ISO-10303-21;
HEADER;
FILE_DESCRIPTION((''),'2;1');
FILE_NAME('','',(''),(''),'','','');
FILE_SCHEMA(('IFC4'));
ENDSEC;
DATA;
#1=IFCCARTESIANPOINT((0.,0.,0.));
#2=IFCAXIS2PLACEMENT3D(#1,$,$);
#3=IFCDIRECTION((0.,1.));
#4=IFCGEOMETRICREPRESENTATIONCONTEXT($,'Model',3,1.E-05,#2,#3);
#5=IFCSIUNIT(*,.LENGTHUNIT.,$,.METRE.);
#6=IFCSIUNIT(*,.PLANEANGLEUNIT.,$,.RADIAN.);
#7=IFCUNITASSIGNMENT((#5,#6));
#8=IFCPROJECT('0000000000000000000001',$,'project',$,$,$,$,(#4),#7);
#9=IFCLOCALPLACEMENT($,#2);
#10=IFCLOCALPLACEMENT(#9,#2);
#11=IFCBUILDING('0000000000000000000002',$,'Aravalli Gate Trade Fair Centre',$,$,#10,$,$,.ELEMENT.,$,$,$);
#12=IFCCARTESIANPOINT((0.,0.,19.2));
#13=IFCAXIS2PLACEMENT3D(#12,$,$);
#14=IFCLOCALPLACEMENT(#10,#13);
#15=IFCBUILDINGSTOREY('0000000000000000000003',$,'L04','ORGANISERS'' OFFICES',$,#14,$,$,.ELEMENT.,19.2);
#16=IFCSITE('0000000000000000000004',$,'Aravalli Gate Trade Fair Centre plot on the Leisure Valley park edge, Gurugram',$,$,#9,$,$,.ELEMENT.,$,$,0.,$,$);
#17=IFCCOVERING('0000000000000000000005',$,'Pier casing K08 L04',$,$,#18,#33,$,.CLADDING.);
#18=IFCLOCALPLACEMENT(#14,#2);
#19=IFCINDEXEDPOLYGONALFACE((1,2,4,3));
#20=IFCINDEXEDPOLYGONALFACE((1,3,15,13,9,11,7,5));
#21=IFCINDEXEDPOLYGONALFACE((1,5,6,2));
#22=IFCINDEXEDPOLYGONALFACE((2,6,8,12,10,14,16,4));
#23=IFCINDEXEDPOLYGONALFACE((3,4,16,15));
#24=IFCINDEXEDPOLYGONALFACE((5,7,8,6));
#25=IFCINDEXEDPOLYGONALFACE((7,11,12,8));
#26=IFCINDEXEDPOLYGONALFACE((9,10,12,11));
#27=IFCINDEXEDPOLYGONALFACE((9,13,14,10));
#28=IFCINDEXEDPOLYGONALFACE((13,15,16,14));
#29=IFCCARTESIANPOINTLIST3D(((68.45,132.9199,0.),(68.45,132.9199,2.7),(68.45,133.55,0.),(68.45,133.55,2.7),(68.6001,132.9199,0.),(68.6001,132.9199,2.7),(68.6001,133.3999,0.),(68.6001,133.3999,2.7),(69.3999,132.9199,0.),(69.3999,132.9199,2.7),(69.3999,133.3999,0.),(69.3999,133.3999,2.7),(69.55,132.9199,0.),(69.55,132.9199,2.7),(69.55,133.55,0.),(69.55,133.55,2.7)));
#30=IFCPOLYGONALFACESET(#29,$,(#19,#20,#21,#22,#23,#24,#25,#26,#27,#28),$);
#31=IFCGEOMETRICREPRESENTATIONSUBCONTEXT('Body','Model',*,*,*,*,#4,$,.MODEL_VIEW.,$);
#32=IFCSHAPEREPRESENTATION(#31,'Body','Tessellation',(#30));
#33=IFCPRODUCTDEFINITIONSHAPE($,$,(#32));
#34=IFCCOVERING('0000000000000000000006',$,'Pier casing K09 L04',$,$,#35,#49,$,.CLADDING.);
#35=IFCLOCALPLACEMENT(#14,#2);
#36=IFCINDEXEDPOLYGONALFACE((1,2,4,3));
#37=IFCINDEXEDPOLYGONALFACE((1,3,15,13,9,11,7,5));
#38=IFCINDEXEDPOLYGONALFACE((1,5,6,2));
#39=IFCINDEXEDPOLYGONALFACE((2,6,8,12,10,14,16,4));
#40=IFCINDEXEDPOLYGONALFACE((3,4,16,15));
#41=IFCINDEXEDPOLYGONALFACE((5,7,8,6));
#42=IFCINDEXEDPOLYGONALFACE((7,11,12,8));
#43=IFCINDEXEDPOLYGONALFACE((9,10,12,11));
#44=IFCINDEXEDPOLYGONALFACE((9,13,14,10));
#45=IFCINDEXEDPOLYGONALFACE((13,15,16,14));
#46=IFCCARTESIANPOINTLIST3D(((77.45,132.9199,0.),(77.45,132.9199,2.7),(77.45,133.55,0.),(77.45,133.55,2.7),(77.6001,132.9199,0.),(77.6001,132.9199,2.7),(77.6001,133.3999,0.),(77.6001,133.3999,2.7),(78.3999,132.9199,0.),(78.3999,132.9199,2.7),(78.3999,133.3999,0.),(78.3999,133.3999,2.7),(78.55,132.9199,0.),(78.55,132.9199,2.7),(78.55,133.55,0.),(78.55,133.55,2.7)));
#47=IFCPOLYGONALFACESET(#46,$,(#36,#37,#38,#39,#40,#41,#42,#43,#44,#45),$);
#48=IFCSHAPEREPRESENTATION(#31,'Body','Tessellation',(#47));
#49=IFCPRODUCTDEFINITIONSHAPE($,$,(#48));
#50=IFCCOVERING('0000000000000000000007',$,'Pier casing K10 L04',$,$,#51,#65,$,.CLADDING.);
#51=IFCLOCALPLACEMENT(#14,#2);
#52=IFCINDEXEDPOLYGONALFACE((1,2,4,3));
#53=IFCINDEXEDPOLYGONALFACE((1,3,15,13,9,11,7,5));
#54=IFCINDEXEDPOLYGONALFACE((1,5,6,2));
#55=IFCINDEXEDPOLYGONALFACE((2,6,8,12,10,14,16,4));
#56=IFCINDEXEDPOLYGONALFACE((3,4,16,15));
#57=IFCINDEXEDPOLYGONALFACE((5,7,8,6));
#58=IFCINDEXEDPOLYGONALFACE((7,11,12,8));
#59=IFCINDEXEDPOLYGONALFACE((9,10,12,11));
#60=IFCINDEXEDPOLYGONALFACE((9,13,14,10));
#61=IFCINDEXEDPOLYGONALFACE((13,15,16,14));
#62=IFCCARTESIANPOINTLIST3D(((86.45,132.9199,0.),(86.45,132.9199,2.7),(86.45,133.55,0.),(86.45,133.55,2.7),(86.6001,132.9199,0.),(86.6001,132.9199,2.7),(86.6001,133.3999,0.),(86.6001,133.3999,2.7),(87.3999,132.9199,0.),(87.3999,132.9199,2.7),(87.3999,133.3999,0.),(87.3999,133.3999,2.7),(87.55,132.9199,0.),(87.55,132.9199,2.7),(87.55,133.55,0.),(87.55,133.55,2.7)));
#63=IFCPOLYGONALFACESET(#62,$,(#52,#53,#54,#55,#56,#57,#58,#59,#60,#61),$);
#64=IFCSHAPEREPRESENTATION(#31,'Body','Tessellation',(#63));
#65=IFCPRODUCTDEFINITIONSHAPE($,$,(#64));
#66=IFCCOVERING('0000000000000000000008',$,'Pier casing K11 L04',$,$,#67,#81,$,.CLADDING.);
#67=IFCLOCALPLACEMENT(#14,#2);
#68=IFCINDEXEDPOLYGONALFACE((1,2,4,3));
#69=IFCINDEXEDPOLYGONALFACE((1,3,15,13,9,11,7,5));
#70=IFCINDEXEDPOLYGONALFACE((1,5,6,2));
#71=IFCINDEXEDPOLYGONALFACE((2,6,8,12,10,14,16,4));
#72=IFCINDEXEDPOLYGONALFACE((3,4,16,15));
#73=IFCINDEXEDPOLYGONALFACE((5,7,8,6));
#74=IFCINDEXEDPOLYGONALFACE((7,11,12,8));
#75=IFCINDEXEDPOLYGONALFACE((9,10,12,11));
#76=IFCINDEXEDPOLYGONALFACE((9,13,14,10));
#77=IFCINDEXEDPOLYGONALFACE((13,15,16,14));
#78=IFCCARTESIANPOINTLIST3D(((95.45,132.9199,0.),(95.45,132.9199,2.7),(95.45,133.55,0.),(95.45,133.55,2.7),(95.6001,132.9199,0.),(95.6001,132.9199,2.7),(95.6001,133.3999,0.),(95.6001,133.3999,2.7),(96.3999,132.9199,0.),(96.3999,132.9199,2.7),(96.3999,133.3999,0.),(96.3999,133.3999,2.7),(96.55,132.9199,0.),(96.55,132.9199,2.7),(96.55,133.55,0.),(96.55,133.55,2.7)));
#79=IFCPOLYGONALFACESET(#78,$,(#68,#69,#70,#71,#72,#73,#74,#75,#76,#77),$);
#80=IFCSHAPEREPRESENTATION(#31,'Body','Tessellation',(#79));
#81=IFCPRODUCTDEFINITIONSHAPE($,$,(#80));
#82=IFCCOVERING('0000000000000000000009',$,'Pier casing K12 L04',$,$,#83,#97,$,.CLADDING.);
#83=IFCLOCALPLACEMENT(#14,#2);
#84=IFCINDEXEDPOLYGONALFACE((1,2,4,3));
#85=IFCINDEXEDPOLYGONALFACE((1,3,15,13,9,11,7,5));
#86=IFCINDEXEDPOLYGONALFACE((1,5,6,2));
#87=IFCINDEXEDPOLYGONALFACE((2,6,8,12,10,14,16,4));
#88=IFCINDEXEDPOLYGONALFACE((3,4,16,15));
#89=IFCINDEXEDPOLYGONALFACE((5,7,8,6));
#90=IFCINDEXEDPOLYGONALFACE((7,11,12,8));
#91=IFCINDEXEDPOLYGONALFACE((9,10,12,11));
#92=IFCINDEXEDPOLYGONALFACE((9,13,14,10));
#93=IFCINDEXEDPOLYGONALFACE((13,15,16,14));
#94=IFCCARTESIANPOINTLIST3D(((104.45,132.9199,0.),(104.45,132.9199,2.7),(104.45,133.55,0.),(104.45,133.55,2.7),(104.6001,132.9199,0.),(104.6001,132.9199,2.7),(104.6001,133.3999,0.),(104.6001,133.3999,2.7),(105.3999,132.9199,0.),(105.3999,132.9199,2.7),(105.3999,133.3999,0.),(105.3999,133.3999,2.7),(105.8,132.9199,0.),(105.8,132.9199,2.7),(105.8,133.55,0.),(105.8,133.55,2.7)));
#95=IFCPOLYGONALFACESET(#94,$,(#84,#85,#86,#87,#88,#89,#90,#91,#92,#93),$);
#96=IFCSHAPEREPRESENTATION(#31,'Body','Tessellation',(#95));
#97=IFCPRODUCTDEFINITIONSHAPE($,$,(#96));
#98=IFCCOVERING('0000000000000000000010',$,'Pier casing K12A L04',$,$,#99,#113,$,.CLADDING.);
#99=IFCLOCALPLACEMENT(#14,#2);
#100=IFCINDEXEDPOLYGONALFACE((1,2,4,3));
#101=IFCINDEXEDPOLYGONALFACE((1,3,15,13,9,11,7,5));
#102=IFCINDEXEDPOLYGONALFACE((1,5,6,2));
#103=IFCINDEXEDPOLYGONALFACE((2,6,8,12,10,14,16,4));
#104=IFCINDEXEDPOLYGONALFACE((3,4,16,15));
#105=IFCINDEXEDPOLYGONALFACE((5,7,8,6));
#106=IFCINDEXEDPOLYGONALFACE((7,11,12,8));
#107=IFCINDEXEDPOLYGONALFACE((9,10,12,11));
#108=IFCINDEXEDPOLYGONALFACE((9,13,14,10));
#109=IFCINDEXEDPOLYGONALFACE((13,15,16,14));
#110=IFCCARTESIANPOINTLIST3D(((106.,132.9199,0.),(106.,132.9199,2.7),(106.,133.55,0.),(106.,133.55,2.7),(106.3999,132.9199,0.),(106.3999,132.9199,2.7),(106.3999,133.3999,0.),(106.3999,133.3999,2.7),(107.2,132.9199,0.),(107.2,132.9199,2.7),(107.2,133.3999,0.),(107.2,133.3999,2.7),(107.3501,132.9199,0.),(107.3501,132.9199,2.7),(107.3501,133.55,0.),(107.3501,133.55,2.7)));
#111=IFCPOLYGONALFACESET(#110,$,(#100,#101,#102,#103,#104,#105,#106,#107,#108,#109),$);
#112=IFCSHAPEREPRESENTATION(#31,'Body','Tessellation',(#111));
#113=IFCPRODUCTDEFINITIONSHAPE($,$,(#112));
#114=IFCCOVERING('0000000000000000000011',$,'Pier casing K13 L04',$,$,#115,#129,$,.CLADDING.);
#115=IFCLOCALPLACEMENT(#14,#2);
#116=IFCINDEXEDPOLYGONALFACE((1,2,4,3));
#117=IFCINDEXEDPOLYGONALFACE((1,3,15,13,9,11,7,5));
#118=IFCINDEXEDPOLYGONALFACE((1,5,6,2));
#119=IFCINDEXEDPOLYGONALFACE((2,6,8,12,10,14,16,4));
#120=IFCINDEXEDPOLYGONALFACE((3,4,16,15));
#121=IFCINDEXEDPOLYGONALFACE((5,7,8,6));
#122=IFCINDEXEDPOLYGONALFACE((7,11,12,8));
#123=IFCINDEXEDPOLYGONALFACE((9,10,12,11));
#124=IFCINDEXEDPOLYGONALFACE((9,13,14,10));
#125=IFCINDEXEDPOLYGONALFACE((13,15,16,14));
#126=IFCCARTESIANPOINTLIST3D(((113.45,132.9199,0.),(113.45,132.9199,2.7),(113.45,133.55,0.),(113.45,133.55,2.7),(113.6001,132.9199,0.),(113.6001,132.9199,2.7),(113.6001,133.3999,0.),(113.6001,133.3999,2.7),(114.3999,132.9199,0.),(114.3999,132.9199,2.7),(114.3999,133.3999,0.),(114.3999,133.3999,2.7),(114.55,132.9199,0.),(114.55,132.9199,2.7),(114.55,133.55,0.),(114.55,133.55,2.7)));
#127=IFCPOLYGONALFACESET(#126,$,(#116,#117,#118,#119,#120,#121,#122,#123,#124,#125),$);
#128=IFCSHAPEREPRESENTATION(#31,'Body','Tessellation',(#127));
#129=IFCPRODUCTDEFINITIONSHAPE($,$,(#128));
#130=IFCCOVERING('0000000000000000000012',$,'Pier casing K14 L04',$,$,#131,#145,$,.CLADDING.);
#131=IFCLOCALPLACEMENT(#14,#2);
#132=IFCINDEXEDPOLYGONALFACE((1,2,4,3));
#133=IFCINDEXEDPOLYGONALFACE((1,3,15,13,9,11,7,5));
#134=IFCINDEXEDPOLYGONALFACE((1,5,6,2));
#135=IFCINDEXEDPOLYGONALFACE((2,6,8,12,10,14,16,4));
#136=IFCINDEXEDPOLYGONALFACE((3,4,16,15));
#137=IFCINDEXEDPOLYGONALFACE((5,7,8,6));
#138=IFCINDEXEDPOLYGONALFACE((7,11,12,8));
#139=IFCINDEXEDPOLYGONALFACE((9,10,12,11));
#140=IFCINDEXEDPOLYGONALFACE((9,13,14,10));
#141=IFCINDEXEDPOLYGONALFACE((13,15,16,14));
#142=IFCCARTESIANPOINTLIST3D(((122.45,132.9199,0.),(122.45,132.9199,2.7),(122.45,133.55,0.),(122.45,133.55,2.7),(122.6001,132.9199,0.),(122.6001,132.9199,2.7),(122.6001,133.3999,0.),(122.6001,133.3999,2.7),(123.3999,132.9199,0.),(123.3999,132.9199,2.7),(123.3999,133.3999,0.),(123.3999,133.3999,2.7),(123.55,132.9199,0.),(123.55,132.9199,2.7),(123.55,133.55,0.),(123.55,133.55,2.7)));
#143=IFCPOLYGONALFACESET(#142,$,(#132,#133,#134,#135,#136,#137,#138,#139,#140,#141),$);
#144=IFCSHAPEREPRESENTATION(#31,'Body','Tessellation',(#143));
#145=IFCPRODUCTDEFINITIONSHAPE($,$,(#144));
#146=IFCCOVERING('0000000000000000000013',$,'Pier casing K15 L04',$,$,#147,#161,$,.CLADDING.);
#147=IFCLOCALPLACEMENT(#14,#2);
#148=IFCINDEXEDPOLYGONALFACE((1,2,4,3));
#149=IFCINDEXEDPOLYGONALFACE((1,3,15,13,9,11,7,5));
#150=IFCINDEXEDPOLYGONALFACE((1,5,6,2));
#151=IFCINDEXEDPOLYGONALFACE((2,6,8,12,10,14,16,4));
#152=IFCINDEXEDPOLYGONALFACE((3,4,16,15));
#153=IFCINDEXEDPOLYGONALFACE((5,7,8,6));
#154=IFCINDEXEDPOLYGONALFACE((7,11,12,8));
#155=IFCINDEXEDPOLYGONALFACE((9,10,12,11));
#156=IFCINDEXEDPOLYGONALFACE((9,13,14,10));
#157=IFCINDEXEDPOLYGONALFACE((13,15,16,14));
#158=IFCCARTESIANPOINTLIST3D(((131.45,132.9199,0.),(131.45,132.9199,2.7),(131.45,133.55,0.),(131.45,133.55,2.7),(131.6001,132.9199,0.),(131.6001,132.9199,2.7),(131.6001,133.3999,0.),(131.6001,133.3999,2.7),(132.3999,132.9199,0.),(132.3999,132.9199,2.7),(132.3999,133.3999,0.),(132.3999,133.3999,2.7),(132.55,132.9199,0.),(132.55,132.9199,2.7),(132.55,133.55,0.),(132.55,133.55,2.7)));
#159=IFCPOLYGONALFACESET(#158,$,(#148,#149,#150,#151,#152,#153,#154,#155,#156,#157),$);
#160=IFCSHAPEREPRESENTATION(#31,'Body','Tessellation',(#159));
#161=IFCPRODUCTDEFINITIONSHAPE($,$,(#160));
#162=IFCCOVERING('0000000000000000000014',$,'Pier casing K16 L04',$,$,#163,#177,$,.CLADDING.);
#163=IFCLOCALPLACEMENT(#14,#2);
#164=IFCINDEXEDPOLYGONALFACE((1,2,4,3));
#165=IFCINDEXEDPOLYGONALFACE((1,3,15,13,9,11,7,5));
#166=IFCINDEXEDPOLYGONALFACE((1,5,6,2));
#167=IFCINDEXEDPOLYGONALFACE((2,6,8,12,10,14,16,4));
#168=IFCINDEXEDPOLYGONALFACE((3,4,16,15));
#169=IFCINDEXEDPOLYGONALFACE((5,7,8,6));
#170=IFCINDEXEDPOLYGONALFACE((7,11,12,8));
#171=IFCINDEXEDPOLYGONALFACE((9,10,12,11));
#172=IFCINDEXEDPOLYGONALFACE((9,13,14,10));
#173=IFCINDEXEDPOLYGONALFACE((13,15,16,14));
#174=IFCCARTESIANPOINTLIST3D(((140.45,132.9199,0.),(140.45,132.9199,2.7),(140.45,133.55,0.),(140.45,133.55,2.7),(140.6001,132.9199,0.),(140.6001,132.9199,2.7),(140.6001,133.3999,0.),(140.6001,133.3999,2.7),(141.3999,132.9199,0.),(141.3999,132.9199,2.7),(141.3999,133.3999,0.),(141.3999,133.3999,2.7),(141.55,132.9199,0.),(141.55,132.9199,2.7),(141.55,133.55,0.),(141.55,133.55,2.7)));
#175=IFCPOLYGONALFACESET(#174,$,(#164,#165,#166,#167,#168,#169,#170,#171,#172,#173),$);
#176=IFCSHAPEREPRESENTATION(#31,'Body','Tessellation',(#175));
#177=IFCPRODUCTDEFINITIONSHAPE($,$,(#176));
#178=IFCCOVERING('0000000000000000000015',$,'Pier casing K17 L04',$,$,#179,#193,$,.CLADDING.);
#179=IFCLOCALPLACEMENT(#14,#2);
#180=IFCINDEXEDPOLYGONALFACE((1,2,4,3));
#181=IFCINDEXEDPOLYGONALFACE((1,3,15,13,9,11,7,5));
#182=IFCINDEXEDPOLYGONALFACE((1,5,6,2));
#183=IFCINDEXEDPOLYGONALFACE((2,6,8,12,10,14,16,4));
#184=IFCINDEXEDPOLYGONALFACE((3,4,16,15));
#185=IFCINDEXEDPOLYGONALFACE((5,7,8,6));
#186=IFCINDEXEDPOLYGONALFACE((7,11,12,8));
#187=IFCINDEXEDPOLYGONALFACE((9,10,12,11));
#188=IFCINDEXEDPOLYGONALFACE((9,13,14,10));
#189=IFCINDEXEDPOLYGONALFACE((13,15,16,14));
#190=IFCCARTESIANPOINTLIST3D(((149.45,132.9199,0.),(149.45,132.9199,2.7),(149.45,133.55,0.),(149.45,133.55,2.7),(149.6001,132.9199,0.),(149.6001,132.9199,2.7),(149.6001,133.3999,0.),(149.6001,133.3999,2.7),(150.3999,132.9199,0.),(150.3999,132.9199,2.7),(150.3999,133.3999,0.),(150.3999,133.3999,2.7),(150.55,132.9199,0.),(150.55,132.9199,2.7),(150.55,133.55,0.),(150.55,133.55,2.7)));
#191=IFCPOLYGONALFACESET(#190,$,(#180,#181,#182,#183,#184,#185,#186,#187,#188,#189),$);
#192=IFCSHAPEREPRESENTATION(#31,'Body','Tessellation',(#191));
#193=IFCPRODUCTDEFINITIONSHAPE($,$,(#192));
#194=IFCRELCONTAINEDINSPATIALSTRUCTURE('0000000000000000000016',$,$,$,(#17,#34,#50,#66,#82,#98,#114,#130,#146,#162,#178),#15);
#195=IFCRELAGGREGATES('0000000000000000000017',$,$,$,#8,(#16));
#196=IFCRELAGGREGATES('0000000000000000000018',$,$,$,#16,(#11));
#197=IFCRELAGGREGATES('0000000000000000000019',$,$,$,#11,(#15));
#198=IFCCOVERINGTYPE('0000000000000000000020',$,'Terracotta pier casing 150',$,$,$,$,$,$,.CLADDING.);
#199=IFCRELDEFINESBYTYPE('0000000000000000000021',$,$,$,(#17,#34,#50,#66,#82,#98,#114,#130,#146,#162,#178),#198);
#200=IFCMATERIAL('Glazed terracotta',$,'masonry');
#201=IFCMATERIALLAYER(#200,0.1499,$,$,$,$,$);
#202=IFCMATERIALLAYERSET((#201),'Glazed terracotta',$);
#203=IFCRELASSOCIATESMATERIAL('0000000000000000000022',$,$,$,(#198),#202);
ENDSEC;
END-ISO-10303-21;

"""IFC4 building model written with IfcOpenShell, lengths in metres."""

from ifc_helpers import new_model, si_unit, direction, frame, origin, place, context, subcontext, project, spatial, polyline, outline, extrude, material, layer, layer_set, type_object, element, save


model = new_model("IFC4")

# Units and contexts
model_context = context("Model", 3, precision=1e-05, world=origin(), true_north=direction((0.0, 1.0)))
body_context = subcontext(model_context, "Body", "Model", "MODEL_VIEW")
ifc_project = project(units=[si_unit("LENGTHUNIT", "METRE"), si_unit("PLANEANGLEUNIT", "RADIAN")], contexts=[model_context])

# Site, building, storey
site_placement = place(None, origin())
site = spatial("IfcSite", under=ifc_project, at=site_placement, Name="Aravalli Gate Trade Fair Centre plot on the Leisure Valley park edge, Gurugram", CompositionType="ELEMENT", RefElevation=0.0)
building_placement = place(site_placement, origin())
building = spatial("IfcBuilding", under=site, at=building_placement, Name="Aravalli Gate Trade Fair Centre", CompositionType="ELEMENT")
storey_placement = place(building_placement, frame((0.0, 0.0, 19.2)))
storey = spatial("IfcBuildingStorey", under=building, at=storey_placement, Name="L04", Description="ORGANISERS' OFFICES", CompositionType="ELEMENT", Elevation=19.2)

# Coverings
ifc_material_1 = material(Name="Glazed terracotta", Category="masonry")
ifc_layer_1 = layer(ifc_material_1, 0.1499)
ifc_layer_set_1 = layer_set([ifc_layer_1], Name="Glazed terracotta")
covering_type_1 = type_object("IfcCoveringType", Name="Terracotta pier casing 150", PredefinedType="CLADDING", material=ifc_layer_set_1)
covering_1_placement = place(storey_placement, origin())
element("IfcCovering", 1, at=covering_1_placement, inside=storey, type_object=covering_type_1, Name="Pier casing K08 L04", PredefinedType="CLADDING", context=body_context, shape_type="SweptSolid", body=[
    extrude(outline(polyline([(68.45, 132.9199), (68.6001, 132.9199), (68.6001, 133.3999), (69.3999, 133.3999), (69.3999, 132.9199), (69.55, 132.9199), (69.55, 133.55), (68.45, 133.55), (68.45, 132.9199)])), origin(), (0.0, 0.0, 1.0), 2.7),
])
covering_2_placement = place(storey_placement, origin())
element("IfcCovering", 2, at=covering_2_placement, inside=storey, type_object=covering_type_1, Name="Pier casing K09 L04", PredefinedType="CLADDING", context=body_context, shape_type="SweptSolid", body=[
    extrude(outline(polyline([(77.45, 132.9199), (77.6001, 132.9199), (77.6001, 133.3999), (78.3999, 133.3999), (78.3999, 132.9199), (78.55, 132.9199), (78.55, 133.55), (77.45, 133.55), (77.45, 132.9199)])), origin(), (0.0, 0.0, 1.0), 2.7),
])
covering_3_placement = place(storey_placement, origin())
element("IfcCovering", 3, at=covering_3_placement, inside=storey, type_object=covering_type_1, Name="Pier casing K10 L04", PredefinedType="CLADDING", context=body_context, shape_type="SweptSolid", body=[
    extrude(outline(polyline([(86.45, 132.9199), (86.6001, 132.9199), (86.6001, 133.3999), (87.3999, 133.3999), (87.3999, 132.9199), (87.55, 132.9199), (87.55, 133.55), (86.45, 133.55), (86.45, 132.9199)])), origin(), (0.0, 0.0, 1.0), 2.7),
])
covering_4_placement = place(storey_placement, origin())
element("IfcCovering", 4, at=covering_4_placement, inside=storey, type_object=covering_type_1, Name="Pier casing K11 L04", PredefinedType="CLADDING", context=body_context, shape_type="SweptSolid", body=[
    extrude(outline(polyline([(95.45, 132.9199), (95.6001, 132.9199), (95.6001, 133.3999), (96.3999, 133.3999), (96.3999, 132.9199), (96.55, 132.9199), (96.55, 133.55), (95.45, 133.55), (95.45, 132.9199)])), origin(), (0.0, 0.0, 1.0), 2.7),
])
covering_5_placement = place(storey_placement, origin())
element("IfcCovering", 5, at=covering_5_placement, inside=storey, type_object=covering_type_1, Name="Pier casing K12 L04", PredefinedType="CLADDING", context=body_context, shape_type="SweptSolid", body=[
    extrude(outline(polyline([(104.45, 132.9199), (104.6001, 132.9199), (104.6001, 133.3999), (105.3999, 133.3999), (105.3999, 132.9199), (105.8, 132.9199), (105.8, 133.55), (104.45, 133.55), (104.45, 132.9199)])), origin(), (0.0, 0.0, 1.0), 2.7),
])
covering_6_placement = place(storey_placement, origin())
element("IfcCovering", 6, at=covering_6_placement, inside=storey, type_object=covering_type_1, Name="Pier casing K12A L04", PredefinedType="CLADDING", context=body_context, shape_type="SweptSolid", body=[
    extrude(outline(polyline([(106.0, 132.9199), (106.3999, 132.9199), (106.3999, 133.3999), (107.2, 133.3999), (107.2, 132.9199), (107.3501, 132.9199), (107.3501, 133.55), (106.0, 133.55), (106.0, 132.9199)])), origin(), (0.0, 0.0, 1.0), 2.7),
])
covering_7_placement = place(storey_placement, origin())
element("IfcCovering", 7, at=covering_7_placement, inside=storey, type_object=covering_type_1, Name="Pier casing K13 L04", PredefinedType="CLADDING", context=body_context, shape_type="SweptSolid", body=[
    extrude(outline(polyline([(113.45, 132.9199), (113.6001, 132.9199), (113.6001, 133.3999), (114.3999, 133.3999), (114.3999, 132.9199), (114.55, 132.9199), (114.55, 133.55), (113.45, 133.55), (113.45, 132.9199)])), origin(), (0.0, 0.0, 1.0), 2.7),
])
covering_8_placement = place(storey_placement, origin())
element("IfcCovering", 8, at=covering_8_placement, inside=storey, type_object=covering_type_1, Name="Pier casing K14 L04", PredefinedType="CLADDING", context=body_context, shape_type="SweptSolid", body=[
    extrude(outline(polyline([(122.45, 132.9199), (122.6001, 132.9199), (122.6001, 133.3999), (123.3999, 133.3999), (123.3999, 132.9199), (123.55, 132.9199), (123.55, 133.55), (122.45, 133.55), (122.45, 132.9199)])), origin(), (0.0, 0.0, 1.0), 2.7),
])
covering_9_placement = place(storey_placement, origin())
element("IfcCovering", 9, at=covering_9_placement, inside=storey, type_object=covering_type_1, Name="Pier casing K15 L04", PredefinedType="CLADDING", context=body_context, shape_type="SweptSolid", body=[
    extrude(outline(polyline([(131.45, 132.9199), (131.6001, 132.9199), (131.6001, 133.3999), (132.3999, 133.3999), (132.3999, 132.9199), (132.55, 132.9199), (132.55, 133.55), (131.45, 133.55), (131.45, 132.9199)])), origin(), (0.0, 0.0, 1.0), 2.7),
])
covering_10_placement = place(storey_placement, origin())
element("IfcCovering", 10, at=covering_10_placement, inside=storey, type_object=covering_type_1, Name="Pier casing K16 L04", PredefinedType="CLADDING", context=body_context, shape_type="SweptSolid", body=[
    extrude(outline(polyline([(140.45, 132.9199), (140.6001, 132.9199), (140.6001, 133.3999), (141.3999, 133.3999), (141.3999, 132.9199), (141.55, 132.9199), (141.55, 133.55), (140.45, 133.55), (140.45, 132.9199)])), origin(), (0.0, 0.0, 1.0), 2.7),
])
covering_11_placement = place(storey_placement, origin())
element("IfcCovering", 11, at=covering_11_placement, inside=storey, type_object=covering_type_1, Name="Pier casing K17 L04", PredefinedType="CLADDING", context=body_context, shape_type="SweptSolid", body=[
    extrude(outline(polyline([(149.45, 132.9199), (149.6001, 132.9199), (149.6001, 133.3999), (150.3999, 133.3999), (150.3999, 132.9199), (150.55, 132.9199), (150.55, 133.55), (149.45, 133.55), (149.45, 132.9199)])), origin(), (0.0, 0.0, 1.0), 2.7),
])

save(model, "model.ifc")
